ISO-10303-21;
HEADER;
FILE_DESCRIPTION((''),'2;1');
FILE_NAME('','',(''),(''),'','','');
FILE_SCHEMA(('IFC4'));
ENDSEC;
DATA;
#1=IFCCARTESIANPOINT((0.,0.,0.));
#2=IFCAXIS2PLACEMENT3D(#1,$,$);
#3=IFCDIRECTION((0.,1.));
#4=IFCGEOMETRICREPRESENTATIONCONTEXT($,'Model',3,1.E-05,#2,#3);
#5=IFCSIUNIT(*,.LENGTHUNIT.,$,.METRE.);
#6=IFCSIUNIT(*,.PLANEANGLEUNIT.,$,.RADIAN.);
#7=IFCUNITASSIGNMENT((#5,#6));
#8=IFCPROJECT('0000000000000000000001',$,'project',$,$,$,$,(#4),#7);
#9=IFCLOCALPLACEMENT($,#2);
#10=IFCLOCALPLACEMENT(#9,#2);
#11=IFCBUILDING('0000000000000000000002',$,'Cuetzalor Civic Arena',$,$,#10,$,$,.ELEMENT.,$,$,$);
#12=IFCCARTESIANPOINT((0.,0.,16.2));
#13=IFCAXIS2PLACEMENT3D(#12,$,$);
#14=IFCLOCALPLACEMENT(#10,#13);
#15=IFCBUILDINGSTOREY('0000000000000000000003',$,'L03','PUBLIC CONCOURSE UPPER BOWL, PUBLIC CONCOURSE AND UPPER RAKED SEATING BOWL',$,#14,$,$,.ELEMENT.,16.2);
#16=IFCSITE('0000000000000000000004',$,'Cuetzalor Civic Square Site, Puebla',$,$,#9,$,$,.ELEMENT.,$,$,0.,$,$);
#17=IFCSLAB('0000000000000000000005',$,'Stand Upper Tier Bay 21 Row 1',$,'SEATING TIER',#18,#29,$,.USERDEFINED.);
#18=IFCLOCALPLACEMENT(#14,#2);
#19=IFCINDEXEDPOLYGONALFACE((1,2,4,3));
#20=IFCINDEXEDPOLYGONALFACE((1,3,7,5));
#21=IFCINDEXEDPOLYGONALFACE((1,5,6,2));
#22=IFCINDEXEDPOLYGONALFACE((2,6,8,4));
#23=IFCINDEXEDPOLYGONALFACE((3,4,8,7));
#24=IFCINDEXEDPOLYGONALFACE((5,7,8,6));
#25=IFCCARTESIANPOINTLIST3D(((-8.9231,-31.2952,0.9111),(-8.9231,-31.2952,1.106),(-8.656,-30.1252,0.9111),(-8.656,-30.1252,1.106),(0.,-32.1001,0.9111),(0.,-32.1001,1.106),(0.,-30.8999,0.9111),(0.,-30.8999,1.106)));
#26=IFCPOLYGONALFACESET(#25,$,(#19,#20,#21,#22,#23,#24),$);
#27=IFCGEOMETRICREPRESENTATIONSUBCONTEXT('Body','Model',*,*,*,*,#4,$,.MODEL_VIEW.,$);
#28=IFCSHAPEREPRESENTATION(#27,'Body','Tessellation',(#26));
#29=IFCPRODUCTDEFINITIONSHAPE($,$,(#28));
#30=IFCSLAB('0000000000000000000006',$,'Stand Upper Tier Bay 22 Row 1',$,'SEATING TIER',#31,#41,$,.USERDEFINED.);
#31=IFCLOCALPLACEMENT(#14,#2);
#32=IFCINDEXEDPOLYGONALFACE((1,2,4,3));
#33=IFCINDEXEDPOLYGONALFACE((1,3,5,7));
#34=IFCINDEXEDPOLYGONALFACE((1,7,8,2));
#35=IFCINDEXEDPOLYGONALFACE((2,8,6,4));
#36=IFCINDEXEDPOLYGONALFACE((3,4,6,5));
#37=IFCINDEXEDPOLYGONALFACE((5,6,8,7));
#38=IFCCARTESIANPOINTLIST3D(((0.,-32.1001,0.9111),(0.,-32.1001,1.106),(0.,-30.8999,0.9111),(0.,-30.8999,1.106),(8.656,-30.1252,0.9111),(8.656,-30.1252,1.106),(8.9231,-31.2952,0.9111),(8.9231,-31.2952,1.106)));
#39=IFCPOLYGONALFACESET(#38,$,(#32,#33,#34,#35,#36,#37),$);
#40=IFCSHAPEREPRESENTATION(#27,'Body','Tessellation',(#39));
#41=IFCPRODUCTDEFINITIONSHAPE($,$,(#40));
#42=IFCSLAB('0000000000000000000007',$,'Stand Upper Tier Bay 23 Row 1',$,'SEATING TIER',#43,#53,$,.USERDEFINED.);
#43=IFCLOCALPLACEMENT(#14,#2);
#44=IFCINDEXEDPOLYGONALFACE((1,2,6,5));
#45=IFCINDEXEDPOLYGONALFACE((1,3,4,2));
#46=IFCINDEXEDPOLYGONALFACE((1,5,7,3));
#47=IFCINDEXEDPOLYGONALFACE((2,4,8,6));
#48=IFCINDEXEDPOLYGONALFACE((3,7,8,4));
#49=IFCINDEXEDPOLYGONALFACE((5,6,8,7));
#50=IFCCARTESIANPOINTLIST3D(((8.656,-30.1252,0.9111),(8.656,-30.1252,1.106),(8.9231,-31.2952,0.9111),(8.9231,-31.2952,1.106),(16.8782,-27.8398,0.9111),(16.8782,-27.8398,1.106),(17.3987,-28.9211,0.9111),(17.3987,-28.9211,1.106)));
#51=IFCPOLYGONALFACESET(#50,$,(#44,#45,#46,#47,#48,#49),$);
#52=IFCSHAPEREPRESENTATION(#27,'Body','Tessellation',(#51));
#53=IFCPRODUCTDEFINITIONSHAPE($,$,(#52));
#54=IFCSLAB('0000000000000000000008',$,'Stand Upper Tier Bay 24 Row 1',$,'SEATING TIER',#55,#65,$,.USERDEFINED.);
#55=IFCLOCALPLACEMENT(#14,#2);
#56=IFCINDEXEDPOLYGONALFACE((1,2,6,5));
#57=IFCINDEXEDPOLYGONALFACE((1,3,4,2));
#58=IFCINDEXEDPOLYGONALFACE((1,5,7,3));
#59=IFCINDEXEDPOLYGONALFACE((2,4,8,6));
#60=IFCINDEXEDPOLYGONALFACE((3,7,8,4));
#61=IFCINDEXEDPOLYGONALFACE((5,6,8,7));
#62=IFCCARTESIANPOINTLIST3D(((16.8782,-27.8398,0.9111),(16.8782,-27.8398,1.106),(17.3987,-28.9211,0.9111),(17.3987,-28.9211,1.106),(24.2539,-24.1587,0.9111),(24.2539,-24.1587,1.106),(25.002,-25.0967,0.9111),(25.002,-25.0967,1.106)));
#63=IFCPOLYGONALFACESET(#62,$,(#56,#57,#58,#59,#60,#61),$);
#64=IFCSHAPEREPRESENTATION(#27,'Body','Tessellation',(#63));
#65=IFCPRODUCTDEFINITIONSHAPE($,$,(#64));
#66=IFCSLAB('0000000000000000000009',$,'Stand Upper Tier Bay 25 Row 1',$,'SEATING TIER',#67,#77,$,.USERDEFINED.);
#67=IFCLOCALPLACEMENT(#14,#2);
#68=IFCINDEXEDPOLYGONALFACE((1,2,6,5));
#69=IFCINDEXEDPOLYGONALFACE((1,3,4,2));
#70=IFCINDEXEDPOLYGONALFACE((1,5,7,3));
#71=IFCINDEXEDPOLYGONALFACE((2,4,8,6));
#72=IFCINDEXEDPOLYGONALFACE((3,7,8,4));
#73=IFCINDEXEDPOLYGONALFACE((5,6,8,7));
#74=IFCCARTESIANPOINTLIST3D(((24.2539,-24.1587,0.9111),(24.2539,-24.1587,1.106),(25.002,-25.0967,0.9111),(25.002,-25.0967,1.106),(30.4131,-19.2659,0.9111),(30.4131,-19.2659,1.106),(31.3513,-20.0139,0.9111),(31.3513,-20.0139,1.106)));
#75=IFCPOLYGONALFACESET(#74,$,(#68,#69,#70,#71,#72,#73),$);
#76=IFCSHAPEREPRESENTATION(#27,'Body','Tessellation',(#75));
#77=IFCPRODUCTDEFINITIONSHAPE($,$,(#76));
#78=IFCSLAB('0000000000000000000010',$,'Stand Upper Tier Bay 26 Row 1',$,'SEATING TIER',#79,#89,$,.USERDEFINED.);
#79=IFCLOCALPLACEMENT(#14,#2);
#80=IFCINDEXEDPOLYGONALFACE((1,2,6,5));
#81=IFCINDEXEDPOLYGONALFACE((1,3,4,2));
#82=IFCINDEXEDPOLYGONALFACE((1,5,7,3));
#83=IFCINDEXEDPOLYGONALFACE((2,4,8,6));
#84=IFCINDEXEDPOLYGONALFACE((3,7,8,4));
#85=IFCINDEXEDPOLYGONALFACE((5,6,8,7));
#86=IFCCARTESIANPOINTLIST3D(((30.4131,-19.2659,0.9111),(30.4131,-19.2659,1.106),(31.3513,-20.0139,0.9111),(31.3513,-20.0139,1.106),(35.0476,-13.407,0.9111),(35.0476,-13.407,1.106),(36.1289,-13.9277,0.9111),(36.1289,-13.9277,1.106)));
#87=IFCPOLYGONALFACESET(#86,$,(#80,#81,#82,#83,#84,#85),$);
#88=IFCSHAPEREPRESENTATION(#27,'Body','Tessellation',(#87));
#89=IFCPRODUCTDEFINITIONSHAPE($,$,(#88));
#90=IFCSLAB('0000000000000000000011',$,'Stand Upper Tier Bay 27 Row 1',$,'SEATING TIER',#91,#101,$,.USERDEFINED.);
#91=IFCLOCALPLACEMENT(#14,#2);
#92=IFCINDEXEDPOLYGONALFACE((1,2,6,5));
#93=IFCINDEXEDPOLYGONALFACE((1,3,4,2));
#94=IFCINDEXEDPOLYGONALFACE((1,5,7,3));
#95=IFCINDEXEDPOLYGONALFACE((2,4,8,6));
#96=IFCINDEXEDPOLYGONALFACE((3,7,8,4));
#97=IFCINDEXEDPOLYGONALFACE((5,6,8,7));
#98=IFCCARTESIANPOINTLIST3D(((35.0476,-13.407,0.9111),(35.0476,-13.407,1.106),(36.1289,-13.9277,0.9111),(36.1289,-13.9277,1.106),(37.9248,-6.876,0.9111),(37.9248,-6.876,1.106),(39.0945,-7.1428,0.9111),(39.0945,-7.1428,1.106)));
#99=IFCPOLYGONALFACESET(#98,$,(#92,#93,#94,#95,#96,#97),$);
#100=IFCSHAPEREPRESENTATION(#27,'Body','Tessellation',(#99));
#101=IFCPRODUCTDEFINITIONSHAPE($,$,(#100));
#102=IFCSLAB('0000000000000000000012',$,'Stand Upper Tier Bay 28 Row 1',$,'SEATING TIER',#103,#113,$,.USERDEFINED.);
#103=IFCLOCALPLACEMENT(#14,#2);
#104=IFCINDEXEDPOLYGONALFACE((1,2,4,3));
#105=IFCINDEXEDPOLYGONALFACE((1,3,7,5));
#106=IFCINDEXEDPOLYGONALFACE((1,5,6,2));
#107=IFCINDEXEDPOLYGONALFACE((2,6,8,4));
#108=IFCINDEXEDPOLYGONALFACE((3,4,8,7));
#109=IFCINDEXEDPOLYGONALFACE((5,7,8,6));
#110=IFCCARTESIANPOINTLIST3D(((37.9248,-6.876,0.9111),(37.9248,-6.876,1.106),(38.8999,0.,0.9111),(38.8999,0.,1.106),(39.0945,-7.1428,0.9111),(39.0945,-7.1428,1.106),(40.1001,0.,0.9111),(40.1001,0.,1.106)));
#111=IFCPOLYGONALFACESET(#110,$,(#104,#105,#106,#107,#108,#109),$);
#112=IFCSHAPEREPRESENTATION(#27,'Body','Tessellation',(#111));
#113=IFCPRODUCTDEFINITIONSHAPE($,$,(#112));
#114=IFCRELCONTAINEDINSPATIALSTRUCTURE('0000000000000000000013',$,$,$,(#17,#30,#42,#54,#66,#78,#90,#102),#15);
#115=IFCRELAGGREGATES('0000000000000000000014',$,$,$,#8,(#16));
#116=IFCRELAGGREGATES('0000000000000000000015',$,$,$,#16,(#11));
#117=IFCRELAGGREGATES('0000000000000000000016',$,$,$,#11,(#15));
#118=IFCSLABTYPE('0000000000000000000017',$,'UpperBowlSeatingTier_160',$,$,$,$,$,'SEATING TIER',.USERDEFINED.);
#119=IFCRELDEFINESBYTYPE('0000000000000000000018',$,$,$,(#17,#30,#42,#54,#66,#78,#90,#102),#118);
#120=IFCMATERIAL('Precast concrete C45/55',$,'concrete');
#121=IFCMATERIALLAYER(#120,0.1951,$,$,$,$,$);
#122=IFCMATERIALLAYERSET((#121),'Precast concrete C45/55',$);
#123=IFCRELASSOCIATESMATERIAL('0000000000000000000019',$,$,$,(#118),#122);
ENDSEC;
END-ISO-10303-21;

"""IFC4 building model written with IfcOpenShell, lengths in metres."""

from ifc_helpers import new_model, si_unit, direction, frame, origin, place, context, subcontext, project, spatial, polyline, outline, extrude, material, layer, layer_set, type_object, element, save


model = new_model("IFC4")

# Units and contexts
model_context = context("Model", 3, precision=1e-05, world=origin(), true_north=direction((0.0, 1.0)))
body_context = subcontext(model_context, "Body", "Model", "MODEL_VIEW")
ifc_project = project(units=[si_unit("LENGTHUNIT", "METRE"), si_unit("PLANEANGLEUNIT", "RADIAN")], contexts=[model_context])

# Site, building, storey
site_placement = place(None, origin())
site = spatial("IfcSite", under=ifc_project, at=site_placement, Name="Cuetzalor Civic Square Site, Puebla", CompositionType="ELEMENT", RefElevation=0.0)
building_placement = place(site_placement, origin())
building = spatial("IfcBuilding", under=site, at=building_placement, Name="Cuetzalor Civic Arena", CompositionType="ELEMENT")
storey_placement = place(building_placement, frame((0.0, 0.0, 16.2)))
storey = spatial("IfcBuildingStorey", under=building, at=storey_placement, Name="L03", Description="PUBLIC CONCOURSE UPPER BOWL, PUBLIC CONCOURSE AND UPPER RAKED SEATING BOWL", CompositionType="ELEMENT", Elevation=16.2)

# Slabs
ifc_material = material(Name="Precast concrete C45/55", Category="concrete")
ifc_layer = layer(ifc_material, 0.1951)
ifc_layer_set = layer_set([ifc_layer], Name="Precast concrete C45/55")
slab_type = type_object("IfcSlabType", Name="UpperBowlSeatingTier_160", ElementType="SEATING TIER", PredefinedType="USERDEFINED", material=ifc_layer_set)
slab_1_placement = place(storey_placement, frame((0.0, 0.0, 0.9111)))
element("IfcSlab", 1, at=slab_1_placement, inside=storey, type_object=slab_type, Name="Stand Upper Tier Bay 21 Row 1", ObjectType="SEATING TIER", PredefinedType="USERDEFINED", context=body_context, shape_type="SweptSolid", body=[
    extrude(outline(polyline([(-8.656, -30.1252), (0.0, -30.8999), (0.0, -32.1001), (-8.9231, -31.2952), (-8.656, -30.1252)])), origin(), (0.0, 0.0, 1.0), 0.1948),
])
slab_2_placement = place(storey_placement, frame((0.0, 0.0, 0.9111)))
element("IfcSlab", 2, at=slab_2_placement, inside=storey, type_object=slab_type, Name="Stand Upper Tier Bay 22 Row 1", ObjectType="SEATING TIER", PredefinedType="USERDEFINED", context=body_context, shape_type="SweptSolid", body=[
    extrude(outline(polyline([(0.0, -30.8999), (8.656, -30.1252), (8.9231, -31.2952), (0.0, -32.1001), (0.0, -30.8999)])), origin(), (0.0, 0.0, 1.0), 0.1948),
])
slab_3_placement = place(storey_placement, frame((0.0, 0.0, 0.9111)))
element("IfcSlab", 3, at=slab_3_placement, inside=storey, type_object=slab_type, Name="Stand Upper Tier Bay 23 Row 1", ObjectType="SEATING TIER", PredefinedType="USERDEFINED", context=body_context, shape_type="SweptSolid", body=[
    extrude(outline(polyline([(8.656, -30.1252), (16.8782, -27.8398), (17.3987, -28.9211), (8.9231, -31.2952), (8.656, -30.1252)])), origin(), (0.0, 0.0, 1.0), 0.1948),
])
slab_4_placement = place(storey_placement, frame((0.0, 0.0, 0.9111)))
element("IfcSlab", 4, at=slab_4_placement, inside=storey, type_object=slab_type, Name="Stand Upper Tier Bay 24 Row 1", ObjectType="SEATING TIER", PredefinedType="USERDEFINED", context=body_context, shape_type="SweptSolid", body=[
    extrude(outline(polyline([(16.8782, -27.8398), (24.2539, -24.1587), (25.002, -25.0967), (17.3987, -28.9211), (16.8782, -27.8398)])), origin(), (0.0, 0.0, 1.0), 0.1948),
])
slab_5_placement = place(storey_placement, frame((0.0, 0.0, 0.9111)))
element("IfcSlab", 5, at=slab_5_placement, inside=storey, type_object=slab_type, Name="Stand Upper Tier Bay 25 Row 1", ObjectType="SEATING TIER", PredefinedType="USERDEFINED", context=body_context, shape_type="SweptSolid", body=[
    extrude(outline(polyline([(24.2539, -24.1587), (30.4131, -19.2659), (31.3513, -20.0139), (25.002, -25.0967), (24.2539, -24.1587)])), origin(), (0.0, 0.0, 1.0), 0.1948),
])
slab_6_placement = place(storey_placement, frame((0.0, 0.0, 0.9111)))
element("IfcSlab", 6, at=slab_6_placement, inside=storey, type_object=slab_type, Name="Stand Upper Tier Bay 26 Row 1", ObjectType="SEATING TIER", PredefinedType="USERDEFINED", context=body_context, shape_type="SweptSolid", body=[
    extrude(outline(polyline([(30.4131, -19.2659), (35.0476, -13.407), (36.1289, -13.9277), (31.3513, -20.0139), (30.4131, -19.2659)])), origin(), (0.0, 0.0, 1.0), 0.1948),
])
slab_7_placement = place(storey_placement, frame((0.0, 0.0, 0.9111)))
element("IfcSlab", 7, at=slab_7_placement, inside=storey, type_object=slab_type, Name="Stand Upper Tier Bay 27 Row 1", ObjectType="SEATING TIER", PredefinedType="USERDEFINED", context=body_context, shape_type="SweptSolid", body=[
    extrude(outline(polyline([(35.0476, -13.407), (37.9248, -6.876), (39.0945, -7.1428), (36.1289, -13.9277), (35.0476, -13.407)])), origin(), (0.0, 0.0, 1.0), 0.1948),
])
slab_8_placement = place(storey_placement, frame((0.0, 0.0, 0.9111)))
element("IfcSlab", 8, at=slab_8_placement, inside=storey, type_object=slab_type, Name="Stand Upper Tier Bay 28 Row 1", ObjectType="SEATING TIER", PredefinedType="USERDEFINED", context=body_context, shape_type="SweptSolid", body=[
    extrude(outline(polyline([(37.9248, -6.876), (38.8999, 0.0), (40.1001, 0.0), (39.0945, -7.1428), (37.9248, -6.876)])), origin(), (0.0, 0.0, 1.0), 0.1948),
])

save(model, "model.ifc")
